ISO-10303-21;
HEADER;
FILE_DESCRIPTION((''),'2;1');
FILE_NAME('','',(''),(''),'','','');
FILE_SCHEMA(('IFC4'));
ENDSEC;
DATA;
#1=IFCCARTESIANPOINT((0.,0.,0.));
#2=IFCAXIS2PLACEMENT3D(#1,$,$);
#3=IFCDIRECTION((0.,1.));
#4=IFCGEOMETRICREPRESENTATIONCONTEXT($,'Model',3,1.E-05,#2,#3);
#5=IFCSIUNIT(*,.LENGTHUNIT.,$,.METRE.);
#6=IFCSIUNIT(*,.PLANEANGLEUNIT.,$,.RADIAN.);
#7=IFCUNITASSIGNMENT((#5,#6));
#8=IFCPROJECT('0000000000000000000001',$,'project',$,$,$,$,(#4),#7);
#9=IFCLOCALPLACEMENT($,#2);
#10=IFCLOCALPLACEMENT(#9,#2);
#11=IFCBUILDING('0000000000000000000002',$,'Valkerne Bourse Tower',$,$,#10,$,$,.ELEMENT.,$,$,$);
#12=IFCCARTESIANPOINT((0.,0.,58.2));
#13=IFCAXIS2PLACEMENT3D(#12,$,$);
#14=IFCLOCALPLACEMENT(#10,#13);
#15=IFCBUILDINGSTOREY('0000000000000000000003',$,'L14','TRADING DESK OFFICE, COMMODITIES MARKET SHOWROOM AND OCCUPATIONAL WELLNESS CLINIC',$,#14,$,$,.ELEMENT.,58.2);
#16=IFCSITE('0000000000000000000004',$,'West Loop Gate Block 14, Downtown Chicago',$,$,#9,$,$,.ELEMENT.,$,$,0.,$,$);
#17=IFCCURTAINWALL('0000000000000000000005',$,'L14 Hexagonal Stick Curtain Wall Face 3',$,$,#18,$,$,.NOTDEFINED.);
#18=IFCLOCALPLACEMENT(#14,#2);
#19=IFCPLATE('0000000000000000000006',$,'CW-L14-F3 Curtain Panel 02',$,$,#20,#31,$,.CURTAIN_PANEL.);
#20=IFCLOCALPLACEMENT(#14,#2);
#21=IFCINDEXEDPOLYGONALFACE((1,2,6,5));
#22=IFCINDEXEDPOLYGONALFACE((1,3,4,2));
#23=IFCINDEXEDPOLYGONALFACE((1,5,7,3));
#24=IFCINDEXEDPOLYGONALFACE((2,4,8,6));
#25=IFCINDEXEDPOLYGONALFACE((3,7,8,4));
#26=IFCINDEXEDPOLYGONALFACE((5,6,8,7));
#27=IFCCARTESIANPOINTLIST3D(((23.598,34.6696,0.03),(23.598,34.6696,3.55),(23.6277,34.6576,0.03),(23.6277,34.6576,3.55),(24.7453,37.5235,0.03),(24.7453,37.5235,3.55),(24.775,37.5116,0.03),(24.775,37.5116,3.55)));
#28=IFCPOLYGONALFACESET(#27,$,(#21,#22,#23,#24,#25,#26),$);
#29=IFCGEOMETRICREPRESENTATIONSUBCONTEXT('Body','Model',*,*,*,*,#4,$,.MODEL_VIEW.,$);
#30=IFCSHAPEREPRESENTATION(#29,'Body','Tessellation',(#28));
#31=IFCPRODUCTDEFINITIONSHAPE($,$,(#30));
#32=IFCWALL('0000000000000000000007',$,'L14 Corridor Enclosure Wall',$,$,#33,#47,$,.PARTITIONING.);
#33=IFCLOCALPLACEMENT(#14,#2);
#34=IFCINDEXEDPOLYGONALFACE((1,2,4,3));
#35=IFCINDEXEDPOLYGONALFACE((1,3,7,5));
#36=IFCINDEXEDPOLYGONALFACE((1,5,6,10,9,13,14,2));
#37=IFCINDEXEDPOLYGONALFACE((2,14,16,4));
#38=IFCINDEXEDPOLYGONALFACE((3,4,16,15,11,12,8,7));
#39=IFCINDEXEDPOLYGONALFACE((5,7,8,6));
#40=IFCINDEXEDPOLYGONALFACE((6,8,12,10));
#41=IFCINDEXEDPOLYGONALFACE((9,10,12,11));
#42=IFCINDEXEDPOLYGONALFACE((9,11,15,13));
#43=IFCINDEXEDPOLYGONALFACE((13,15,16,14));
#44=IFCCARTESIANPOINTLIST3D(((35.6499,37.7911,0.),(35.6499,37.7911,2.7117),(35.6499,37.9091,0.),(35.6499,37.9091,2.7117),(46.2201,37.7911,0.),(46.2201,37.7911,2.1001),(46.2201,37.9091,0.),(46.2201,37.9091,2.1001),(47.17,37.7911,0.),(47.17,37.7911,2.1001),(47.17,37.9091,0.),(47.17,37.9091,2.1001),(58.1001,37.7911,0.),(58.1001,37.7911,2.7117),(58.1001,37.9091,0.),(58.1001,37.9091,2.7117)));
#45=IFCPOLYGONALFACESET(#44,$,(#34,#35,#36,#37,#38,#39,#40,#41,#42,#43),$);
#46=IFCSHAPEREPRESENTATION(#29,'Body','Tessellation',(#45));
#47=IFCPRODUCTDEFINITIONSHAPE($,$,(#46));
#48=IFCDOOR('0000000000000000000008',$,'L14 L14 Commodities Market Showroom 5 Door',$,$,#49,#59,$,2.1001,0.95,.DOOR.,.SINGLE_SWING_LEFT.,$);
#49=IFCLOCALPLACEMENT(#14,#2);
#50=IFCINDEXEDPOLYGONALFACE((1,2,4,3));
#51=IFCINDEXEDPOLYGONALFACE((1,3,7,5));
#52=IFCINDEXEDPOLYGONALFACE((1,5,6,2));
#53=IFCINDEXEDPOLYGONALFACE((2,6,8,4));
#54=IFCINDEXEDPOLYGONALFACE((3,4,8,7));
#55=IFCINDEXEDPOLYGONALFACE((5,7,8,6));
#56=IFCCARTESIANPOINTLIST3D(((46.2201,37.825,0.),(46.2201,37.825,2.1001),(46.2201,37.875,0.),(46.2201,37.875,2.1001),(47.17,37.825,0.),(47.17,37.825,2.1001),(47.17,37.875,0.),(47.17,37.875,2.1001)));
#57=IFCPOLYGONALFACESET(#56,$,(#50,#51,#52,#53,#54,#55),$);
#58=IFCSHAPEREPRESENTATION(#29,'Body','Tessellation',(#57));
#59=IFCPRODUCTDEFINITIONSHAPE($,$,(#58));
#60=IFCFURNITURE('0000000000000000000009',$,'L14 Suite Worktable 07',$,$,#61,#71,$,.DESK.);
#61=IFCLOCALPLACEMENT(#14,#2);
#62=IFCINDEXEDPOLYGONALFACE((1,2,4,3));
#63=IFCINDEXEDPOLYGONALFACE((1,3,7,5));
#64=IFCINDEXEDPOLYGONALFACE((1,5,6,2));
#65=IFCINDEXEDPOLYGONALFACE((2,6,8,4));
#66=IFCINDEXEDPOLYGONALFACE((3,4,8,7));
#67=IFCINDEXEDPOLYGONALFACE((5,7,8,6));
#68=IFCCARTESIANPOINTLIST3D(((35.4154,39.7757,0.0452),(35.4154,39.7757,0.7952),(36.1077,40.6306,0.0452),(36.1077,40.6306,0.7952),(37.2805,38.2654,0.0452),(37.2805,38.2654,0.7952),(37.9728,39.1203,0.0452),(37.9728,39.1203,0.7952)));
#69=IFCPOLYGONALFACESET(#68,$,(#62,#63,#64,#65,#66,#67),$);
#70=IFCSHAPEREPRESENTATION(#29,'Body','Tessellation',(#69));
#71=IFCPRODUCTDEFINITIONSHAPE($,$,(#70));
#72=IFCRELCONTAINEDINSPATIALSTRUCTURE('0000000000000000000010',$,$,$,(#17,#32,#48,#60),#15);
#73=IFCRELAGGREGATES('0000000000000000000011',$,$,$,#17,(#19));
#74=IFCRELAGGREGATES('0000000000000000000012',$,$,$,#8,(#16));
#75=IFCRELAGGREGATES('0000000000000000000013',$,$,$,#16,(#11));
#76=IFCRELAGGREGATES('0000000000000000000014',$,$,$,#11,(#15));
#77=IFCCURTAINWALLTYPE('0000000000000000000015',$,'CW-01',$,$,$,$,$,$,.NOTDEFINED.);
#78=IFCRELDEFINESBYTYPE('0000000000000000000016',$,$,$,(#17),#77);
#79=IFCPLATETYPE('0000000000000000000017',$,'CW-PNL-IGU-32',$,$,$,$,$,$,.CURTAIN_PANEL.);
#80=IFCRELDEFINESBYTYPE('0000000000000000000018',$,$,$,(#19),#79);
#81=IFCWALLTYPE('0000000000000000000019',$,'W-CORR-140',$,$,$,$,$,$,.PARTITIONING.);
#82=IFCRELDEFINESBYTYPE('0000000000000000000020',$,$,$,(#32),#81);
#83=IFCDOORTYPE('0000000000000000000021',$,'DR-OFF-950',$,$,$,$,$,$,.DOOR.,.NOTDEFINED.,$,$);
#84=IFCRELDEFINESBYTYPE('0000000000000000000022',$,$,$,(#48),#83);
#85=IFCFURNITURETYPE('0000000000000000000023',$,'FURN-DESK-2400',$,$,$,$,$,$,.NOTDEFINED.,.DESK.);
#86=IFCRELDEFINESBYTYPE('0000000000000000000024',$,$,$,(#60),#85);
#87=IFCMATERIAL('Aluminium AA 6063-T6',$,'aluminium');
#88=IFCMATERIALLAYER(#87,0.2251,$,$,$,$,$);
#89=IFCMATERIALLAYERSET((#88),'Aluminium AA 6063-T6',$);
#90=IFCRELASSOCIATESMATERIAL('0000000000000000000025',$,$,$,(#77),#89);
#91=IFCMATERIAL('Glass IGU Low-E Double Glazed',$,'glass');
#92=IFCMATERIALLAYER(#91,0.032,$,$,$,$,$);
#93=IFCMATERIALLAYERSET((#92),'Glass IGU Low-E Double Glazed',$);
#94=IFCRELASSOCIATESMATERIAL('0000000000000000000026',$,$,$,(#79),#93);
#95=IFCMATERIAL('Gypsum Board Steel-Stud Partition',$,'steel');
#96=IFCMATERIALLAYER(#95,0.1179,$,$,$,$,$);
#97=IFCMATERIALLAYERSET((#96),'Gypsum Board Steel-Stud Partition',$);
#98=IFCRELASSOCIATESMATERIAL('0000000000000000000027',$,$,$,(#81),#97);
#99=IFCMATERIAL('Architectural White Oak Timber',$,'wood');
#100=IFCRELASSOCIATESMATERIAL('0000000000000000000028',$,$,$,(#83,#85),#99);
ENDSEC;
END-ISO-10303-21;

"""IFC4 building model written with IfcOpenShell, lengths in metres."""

from ifc_helpers import new_model, si_unit, direction, frame, frame_2d, origin, origin_2d, place, context, subcontext, project, spatial, rectangle, extrude, material, layer, layer_set, type_object, element, fill, aggregate, save


model = new_model("IFC4")

# Units and contexts
model_context = context("Model", 3, precision=1e-05, world=origin(), true_north=direction((0.0, 1.0)))
body_context = subcontext(model_context, "Body", "Model", "MODEL_VIEW")
ifc_project = project(units=[si_unit("LENGTHUNIT", "METRE"), si_unit("PLANEANGLEUNIT", "RADIAN")], contexts=[model_context])

# Site, building, storey
site_placement = place(None, origin())
site = spatial("IfcSite", under=ifc_project, at=site_placement, Name="West Loop Gate Block 14, Downtown Chicago", CompositionType="ELEMENT", RefElevation=0.0)
building_placement = place(site_placement, origin())
building = spatial("IfcBuilding", under=site, at=building_placement, Name="Valkerne Bourse Tower", CompositionType="ELEMENT")
storey_placement = place(building_placement, frame((0.0, 0.0, 58.2)))
storey = spatial("IfcBuildingStorey", under=building, at=storey_placement, Name="L14", Description="TRADING DESK OFFICE, COMMODITIES MARKET SHOWROOM AND OCCUPATIONAL WELLNESS CLINIC", CompositionType="ELEMENT", Elevation=58.2)

# Curtain wall
ifc_material_1 = material(Name="Aluminium AA 6063-T6", Category="aluminium")
ifc_layer_1 = layer(ifc_material_1, 0.2251)
ifc_layer_set_1 = layer_set([ifc_layer_1], Name="Aluminium AA 6063-T6")
curtain_wall_type = type_object("IfcCurtainWallType", Name="CW-01", PredefinedType="NOTDEFINED", material=ifc_layer_set_1)
curtain_wall_placement = place(storey_placement, origin())
curtain_wall = element("IfcCurtainWall", 1, at=curtain_wall_placement, inside=storey, type_object=curtain_wall_type, Name="L14 Hexagonal Stick Curtain Wall Face 3", PredefinedType="NOTDEFINED")

# Plate
ifc_material_2 = material(Name="Glass IGU Low-E Double Glazed", Category="glass")
ifc_layer_2 = layer(ifc_material_2, 0.032)
ifc_layer_set_2 = layer_set([ifc_layer_2], Name="Glass IGU Low-E Double Glazed")
plate_type = type_object("IfcPlateType", Name="CW-PNL-IGU-32", PredefinedType="CURTAIN_PANEL", material=ifc_layer_set_2)
plate_1_placement = place(storey_placement, frame((24.1865, 36.0906, 0.03), z_axis=(0.0, 0.0, 1.0), x_axis=(-0.372999, -0.927832, 0.0)))
plate_1 = element("IfcPlate", 2, at=plate_1_placement, type_object=plate_type, Name="CW-L14-F3 Curtain Panel 02", PredefinedType="CURTAIN_PANEL", context=body_context, shape_type="SweptSolid", body=[
    extrude(rectangle(XDim=3.0759, YDim=0.032, at=origin_2d()), origin(), (0.0, 0.0, 1.0), 3.52),
])
aggregate(curtain_wall, [plate_1])

# Wall, opening, door
ifc_material_3 = material(Name="Gypsum Board Steel-Stud Partition", Category="steel")
ifc_layer_3 = layer(ifc_material_3, 0.1179)
ifc_layer_set_3 = layer_set([ifc_layer_3], Name="Gypsum Board Steel-Stud Partition")
wall_type = type_object("IfcWallType", Name="W-CORR-140", PredefinedType="PARTITIONING", material=ifc_layer_set_3)
wall_placement = place(storey_placement, frame((35.6499, 37.8501, 0.0), z_axis=(0.0, 0.0, 1.0), x_axis=(1.0, 0.0, 0.0)))
wall = element("IfcWall", 3, at=wall_placement, inside=storey, type_object=wall_type, Name="L14 Corridor Enclosure Wall", PredefinedType="PARTITIONING", context=body_context, shape_type="SweptSolid", body=[
    extrude(rectangle(XDim=22.4502, YDim=0.1179, at=frame_2d((11.2251, 0.0))), origin(), (0.0, 0.0, 1.0), 2.7117),
])
opening_placement = place(wall_placement, frame((10.5701, 0.0, 0.0)))
opening = element("IfcOpeningElement", 4, at=opening_placement, cuts=wall, PredefinedType="OPENING", context=body_context, shape_type="SweptSolid", body=[
    extrude(rectangle(XDim=0.95, YDim=2.1001, at=frame_2d((0.4751, 1.05))), frame((0.0, 0.0688, 0.0), z_axis=(0.0, -1.0, 0.0), x_axis=(1.0, 0.0, 0.0)), (0.0, 0.0, 1.0), 0.1379),
])
ifc_material_4 = material(Name="Architectural White Oak Timber", Category="wood")
door_type = type_object("IfcDoorType", Name="DR-OFF-950", OperationType="NOTDEFINED", PredefinedType="DOOR", material=ifc_material_4)
door_placement = place(opening_placement, origin())
door = element("IfcDoor", 5, at=door_placement, inside=storey, type_object=door_type, Name="L14 L14 Commodities Market Showroom 5 Door", OperationType="SINGLE_SWING_LEFT", OverallHeight=2.1001, OverallWidth=0.95, PredefinedType="DOOR", context=body_context, shape_type="SweptSolid", body=[
    extrude(rectangle(XDim=0.95, YDim=2.1001, at=frame_2d((0.4751, 1.05))), frame((0.0, 0.0249, 0.0), z_axis=(0.0, -1.0, 0.0), x_axis=(1.0, 0.0, 0.0)), (0.0, 0.0, 1.0), 0.05),
])
fill(opening, door)

# Furniture
furniture_type = type_object("IfcFurnitureType", Name="FURN-DESK-2400", AssemblyPlace="NOTDEFINED", PredefinedType="DESK", material=ifc_material_4)
furniture_placement = place(storey_placement, frame((36.6941, 39.448, 0.0452), z_axis=(0.0, 0.0, 1.0), x_axis=(-0.777146, 0.62932, 0.0)))
element("IfcFurniture", 6, at=furniture_placement, inside=storey, type_object=furniture_type, Name="L14 Suite Worktable 07", PredefinedType="DESK", context=body_context, shape_type="SweptSolid", body=[
    extrude(rectangle(XDim=2.3999, YDim=1.1001, at=origin_2d()), origin(), (0.0, 0.0, 1.0), 0.75),
])

save(model, "model.ifc")
